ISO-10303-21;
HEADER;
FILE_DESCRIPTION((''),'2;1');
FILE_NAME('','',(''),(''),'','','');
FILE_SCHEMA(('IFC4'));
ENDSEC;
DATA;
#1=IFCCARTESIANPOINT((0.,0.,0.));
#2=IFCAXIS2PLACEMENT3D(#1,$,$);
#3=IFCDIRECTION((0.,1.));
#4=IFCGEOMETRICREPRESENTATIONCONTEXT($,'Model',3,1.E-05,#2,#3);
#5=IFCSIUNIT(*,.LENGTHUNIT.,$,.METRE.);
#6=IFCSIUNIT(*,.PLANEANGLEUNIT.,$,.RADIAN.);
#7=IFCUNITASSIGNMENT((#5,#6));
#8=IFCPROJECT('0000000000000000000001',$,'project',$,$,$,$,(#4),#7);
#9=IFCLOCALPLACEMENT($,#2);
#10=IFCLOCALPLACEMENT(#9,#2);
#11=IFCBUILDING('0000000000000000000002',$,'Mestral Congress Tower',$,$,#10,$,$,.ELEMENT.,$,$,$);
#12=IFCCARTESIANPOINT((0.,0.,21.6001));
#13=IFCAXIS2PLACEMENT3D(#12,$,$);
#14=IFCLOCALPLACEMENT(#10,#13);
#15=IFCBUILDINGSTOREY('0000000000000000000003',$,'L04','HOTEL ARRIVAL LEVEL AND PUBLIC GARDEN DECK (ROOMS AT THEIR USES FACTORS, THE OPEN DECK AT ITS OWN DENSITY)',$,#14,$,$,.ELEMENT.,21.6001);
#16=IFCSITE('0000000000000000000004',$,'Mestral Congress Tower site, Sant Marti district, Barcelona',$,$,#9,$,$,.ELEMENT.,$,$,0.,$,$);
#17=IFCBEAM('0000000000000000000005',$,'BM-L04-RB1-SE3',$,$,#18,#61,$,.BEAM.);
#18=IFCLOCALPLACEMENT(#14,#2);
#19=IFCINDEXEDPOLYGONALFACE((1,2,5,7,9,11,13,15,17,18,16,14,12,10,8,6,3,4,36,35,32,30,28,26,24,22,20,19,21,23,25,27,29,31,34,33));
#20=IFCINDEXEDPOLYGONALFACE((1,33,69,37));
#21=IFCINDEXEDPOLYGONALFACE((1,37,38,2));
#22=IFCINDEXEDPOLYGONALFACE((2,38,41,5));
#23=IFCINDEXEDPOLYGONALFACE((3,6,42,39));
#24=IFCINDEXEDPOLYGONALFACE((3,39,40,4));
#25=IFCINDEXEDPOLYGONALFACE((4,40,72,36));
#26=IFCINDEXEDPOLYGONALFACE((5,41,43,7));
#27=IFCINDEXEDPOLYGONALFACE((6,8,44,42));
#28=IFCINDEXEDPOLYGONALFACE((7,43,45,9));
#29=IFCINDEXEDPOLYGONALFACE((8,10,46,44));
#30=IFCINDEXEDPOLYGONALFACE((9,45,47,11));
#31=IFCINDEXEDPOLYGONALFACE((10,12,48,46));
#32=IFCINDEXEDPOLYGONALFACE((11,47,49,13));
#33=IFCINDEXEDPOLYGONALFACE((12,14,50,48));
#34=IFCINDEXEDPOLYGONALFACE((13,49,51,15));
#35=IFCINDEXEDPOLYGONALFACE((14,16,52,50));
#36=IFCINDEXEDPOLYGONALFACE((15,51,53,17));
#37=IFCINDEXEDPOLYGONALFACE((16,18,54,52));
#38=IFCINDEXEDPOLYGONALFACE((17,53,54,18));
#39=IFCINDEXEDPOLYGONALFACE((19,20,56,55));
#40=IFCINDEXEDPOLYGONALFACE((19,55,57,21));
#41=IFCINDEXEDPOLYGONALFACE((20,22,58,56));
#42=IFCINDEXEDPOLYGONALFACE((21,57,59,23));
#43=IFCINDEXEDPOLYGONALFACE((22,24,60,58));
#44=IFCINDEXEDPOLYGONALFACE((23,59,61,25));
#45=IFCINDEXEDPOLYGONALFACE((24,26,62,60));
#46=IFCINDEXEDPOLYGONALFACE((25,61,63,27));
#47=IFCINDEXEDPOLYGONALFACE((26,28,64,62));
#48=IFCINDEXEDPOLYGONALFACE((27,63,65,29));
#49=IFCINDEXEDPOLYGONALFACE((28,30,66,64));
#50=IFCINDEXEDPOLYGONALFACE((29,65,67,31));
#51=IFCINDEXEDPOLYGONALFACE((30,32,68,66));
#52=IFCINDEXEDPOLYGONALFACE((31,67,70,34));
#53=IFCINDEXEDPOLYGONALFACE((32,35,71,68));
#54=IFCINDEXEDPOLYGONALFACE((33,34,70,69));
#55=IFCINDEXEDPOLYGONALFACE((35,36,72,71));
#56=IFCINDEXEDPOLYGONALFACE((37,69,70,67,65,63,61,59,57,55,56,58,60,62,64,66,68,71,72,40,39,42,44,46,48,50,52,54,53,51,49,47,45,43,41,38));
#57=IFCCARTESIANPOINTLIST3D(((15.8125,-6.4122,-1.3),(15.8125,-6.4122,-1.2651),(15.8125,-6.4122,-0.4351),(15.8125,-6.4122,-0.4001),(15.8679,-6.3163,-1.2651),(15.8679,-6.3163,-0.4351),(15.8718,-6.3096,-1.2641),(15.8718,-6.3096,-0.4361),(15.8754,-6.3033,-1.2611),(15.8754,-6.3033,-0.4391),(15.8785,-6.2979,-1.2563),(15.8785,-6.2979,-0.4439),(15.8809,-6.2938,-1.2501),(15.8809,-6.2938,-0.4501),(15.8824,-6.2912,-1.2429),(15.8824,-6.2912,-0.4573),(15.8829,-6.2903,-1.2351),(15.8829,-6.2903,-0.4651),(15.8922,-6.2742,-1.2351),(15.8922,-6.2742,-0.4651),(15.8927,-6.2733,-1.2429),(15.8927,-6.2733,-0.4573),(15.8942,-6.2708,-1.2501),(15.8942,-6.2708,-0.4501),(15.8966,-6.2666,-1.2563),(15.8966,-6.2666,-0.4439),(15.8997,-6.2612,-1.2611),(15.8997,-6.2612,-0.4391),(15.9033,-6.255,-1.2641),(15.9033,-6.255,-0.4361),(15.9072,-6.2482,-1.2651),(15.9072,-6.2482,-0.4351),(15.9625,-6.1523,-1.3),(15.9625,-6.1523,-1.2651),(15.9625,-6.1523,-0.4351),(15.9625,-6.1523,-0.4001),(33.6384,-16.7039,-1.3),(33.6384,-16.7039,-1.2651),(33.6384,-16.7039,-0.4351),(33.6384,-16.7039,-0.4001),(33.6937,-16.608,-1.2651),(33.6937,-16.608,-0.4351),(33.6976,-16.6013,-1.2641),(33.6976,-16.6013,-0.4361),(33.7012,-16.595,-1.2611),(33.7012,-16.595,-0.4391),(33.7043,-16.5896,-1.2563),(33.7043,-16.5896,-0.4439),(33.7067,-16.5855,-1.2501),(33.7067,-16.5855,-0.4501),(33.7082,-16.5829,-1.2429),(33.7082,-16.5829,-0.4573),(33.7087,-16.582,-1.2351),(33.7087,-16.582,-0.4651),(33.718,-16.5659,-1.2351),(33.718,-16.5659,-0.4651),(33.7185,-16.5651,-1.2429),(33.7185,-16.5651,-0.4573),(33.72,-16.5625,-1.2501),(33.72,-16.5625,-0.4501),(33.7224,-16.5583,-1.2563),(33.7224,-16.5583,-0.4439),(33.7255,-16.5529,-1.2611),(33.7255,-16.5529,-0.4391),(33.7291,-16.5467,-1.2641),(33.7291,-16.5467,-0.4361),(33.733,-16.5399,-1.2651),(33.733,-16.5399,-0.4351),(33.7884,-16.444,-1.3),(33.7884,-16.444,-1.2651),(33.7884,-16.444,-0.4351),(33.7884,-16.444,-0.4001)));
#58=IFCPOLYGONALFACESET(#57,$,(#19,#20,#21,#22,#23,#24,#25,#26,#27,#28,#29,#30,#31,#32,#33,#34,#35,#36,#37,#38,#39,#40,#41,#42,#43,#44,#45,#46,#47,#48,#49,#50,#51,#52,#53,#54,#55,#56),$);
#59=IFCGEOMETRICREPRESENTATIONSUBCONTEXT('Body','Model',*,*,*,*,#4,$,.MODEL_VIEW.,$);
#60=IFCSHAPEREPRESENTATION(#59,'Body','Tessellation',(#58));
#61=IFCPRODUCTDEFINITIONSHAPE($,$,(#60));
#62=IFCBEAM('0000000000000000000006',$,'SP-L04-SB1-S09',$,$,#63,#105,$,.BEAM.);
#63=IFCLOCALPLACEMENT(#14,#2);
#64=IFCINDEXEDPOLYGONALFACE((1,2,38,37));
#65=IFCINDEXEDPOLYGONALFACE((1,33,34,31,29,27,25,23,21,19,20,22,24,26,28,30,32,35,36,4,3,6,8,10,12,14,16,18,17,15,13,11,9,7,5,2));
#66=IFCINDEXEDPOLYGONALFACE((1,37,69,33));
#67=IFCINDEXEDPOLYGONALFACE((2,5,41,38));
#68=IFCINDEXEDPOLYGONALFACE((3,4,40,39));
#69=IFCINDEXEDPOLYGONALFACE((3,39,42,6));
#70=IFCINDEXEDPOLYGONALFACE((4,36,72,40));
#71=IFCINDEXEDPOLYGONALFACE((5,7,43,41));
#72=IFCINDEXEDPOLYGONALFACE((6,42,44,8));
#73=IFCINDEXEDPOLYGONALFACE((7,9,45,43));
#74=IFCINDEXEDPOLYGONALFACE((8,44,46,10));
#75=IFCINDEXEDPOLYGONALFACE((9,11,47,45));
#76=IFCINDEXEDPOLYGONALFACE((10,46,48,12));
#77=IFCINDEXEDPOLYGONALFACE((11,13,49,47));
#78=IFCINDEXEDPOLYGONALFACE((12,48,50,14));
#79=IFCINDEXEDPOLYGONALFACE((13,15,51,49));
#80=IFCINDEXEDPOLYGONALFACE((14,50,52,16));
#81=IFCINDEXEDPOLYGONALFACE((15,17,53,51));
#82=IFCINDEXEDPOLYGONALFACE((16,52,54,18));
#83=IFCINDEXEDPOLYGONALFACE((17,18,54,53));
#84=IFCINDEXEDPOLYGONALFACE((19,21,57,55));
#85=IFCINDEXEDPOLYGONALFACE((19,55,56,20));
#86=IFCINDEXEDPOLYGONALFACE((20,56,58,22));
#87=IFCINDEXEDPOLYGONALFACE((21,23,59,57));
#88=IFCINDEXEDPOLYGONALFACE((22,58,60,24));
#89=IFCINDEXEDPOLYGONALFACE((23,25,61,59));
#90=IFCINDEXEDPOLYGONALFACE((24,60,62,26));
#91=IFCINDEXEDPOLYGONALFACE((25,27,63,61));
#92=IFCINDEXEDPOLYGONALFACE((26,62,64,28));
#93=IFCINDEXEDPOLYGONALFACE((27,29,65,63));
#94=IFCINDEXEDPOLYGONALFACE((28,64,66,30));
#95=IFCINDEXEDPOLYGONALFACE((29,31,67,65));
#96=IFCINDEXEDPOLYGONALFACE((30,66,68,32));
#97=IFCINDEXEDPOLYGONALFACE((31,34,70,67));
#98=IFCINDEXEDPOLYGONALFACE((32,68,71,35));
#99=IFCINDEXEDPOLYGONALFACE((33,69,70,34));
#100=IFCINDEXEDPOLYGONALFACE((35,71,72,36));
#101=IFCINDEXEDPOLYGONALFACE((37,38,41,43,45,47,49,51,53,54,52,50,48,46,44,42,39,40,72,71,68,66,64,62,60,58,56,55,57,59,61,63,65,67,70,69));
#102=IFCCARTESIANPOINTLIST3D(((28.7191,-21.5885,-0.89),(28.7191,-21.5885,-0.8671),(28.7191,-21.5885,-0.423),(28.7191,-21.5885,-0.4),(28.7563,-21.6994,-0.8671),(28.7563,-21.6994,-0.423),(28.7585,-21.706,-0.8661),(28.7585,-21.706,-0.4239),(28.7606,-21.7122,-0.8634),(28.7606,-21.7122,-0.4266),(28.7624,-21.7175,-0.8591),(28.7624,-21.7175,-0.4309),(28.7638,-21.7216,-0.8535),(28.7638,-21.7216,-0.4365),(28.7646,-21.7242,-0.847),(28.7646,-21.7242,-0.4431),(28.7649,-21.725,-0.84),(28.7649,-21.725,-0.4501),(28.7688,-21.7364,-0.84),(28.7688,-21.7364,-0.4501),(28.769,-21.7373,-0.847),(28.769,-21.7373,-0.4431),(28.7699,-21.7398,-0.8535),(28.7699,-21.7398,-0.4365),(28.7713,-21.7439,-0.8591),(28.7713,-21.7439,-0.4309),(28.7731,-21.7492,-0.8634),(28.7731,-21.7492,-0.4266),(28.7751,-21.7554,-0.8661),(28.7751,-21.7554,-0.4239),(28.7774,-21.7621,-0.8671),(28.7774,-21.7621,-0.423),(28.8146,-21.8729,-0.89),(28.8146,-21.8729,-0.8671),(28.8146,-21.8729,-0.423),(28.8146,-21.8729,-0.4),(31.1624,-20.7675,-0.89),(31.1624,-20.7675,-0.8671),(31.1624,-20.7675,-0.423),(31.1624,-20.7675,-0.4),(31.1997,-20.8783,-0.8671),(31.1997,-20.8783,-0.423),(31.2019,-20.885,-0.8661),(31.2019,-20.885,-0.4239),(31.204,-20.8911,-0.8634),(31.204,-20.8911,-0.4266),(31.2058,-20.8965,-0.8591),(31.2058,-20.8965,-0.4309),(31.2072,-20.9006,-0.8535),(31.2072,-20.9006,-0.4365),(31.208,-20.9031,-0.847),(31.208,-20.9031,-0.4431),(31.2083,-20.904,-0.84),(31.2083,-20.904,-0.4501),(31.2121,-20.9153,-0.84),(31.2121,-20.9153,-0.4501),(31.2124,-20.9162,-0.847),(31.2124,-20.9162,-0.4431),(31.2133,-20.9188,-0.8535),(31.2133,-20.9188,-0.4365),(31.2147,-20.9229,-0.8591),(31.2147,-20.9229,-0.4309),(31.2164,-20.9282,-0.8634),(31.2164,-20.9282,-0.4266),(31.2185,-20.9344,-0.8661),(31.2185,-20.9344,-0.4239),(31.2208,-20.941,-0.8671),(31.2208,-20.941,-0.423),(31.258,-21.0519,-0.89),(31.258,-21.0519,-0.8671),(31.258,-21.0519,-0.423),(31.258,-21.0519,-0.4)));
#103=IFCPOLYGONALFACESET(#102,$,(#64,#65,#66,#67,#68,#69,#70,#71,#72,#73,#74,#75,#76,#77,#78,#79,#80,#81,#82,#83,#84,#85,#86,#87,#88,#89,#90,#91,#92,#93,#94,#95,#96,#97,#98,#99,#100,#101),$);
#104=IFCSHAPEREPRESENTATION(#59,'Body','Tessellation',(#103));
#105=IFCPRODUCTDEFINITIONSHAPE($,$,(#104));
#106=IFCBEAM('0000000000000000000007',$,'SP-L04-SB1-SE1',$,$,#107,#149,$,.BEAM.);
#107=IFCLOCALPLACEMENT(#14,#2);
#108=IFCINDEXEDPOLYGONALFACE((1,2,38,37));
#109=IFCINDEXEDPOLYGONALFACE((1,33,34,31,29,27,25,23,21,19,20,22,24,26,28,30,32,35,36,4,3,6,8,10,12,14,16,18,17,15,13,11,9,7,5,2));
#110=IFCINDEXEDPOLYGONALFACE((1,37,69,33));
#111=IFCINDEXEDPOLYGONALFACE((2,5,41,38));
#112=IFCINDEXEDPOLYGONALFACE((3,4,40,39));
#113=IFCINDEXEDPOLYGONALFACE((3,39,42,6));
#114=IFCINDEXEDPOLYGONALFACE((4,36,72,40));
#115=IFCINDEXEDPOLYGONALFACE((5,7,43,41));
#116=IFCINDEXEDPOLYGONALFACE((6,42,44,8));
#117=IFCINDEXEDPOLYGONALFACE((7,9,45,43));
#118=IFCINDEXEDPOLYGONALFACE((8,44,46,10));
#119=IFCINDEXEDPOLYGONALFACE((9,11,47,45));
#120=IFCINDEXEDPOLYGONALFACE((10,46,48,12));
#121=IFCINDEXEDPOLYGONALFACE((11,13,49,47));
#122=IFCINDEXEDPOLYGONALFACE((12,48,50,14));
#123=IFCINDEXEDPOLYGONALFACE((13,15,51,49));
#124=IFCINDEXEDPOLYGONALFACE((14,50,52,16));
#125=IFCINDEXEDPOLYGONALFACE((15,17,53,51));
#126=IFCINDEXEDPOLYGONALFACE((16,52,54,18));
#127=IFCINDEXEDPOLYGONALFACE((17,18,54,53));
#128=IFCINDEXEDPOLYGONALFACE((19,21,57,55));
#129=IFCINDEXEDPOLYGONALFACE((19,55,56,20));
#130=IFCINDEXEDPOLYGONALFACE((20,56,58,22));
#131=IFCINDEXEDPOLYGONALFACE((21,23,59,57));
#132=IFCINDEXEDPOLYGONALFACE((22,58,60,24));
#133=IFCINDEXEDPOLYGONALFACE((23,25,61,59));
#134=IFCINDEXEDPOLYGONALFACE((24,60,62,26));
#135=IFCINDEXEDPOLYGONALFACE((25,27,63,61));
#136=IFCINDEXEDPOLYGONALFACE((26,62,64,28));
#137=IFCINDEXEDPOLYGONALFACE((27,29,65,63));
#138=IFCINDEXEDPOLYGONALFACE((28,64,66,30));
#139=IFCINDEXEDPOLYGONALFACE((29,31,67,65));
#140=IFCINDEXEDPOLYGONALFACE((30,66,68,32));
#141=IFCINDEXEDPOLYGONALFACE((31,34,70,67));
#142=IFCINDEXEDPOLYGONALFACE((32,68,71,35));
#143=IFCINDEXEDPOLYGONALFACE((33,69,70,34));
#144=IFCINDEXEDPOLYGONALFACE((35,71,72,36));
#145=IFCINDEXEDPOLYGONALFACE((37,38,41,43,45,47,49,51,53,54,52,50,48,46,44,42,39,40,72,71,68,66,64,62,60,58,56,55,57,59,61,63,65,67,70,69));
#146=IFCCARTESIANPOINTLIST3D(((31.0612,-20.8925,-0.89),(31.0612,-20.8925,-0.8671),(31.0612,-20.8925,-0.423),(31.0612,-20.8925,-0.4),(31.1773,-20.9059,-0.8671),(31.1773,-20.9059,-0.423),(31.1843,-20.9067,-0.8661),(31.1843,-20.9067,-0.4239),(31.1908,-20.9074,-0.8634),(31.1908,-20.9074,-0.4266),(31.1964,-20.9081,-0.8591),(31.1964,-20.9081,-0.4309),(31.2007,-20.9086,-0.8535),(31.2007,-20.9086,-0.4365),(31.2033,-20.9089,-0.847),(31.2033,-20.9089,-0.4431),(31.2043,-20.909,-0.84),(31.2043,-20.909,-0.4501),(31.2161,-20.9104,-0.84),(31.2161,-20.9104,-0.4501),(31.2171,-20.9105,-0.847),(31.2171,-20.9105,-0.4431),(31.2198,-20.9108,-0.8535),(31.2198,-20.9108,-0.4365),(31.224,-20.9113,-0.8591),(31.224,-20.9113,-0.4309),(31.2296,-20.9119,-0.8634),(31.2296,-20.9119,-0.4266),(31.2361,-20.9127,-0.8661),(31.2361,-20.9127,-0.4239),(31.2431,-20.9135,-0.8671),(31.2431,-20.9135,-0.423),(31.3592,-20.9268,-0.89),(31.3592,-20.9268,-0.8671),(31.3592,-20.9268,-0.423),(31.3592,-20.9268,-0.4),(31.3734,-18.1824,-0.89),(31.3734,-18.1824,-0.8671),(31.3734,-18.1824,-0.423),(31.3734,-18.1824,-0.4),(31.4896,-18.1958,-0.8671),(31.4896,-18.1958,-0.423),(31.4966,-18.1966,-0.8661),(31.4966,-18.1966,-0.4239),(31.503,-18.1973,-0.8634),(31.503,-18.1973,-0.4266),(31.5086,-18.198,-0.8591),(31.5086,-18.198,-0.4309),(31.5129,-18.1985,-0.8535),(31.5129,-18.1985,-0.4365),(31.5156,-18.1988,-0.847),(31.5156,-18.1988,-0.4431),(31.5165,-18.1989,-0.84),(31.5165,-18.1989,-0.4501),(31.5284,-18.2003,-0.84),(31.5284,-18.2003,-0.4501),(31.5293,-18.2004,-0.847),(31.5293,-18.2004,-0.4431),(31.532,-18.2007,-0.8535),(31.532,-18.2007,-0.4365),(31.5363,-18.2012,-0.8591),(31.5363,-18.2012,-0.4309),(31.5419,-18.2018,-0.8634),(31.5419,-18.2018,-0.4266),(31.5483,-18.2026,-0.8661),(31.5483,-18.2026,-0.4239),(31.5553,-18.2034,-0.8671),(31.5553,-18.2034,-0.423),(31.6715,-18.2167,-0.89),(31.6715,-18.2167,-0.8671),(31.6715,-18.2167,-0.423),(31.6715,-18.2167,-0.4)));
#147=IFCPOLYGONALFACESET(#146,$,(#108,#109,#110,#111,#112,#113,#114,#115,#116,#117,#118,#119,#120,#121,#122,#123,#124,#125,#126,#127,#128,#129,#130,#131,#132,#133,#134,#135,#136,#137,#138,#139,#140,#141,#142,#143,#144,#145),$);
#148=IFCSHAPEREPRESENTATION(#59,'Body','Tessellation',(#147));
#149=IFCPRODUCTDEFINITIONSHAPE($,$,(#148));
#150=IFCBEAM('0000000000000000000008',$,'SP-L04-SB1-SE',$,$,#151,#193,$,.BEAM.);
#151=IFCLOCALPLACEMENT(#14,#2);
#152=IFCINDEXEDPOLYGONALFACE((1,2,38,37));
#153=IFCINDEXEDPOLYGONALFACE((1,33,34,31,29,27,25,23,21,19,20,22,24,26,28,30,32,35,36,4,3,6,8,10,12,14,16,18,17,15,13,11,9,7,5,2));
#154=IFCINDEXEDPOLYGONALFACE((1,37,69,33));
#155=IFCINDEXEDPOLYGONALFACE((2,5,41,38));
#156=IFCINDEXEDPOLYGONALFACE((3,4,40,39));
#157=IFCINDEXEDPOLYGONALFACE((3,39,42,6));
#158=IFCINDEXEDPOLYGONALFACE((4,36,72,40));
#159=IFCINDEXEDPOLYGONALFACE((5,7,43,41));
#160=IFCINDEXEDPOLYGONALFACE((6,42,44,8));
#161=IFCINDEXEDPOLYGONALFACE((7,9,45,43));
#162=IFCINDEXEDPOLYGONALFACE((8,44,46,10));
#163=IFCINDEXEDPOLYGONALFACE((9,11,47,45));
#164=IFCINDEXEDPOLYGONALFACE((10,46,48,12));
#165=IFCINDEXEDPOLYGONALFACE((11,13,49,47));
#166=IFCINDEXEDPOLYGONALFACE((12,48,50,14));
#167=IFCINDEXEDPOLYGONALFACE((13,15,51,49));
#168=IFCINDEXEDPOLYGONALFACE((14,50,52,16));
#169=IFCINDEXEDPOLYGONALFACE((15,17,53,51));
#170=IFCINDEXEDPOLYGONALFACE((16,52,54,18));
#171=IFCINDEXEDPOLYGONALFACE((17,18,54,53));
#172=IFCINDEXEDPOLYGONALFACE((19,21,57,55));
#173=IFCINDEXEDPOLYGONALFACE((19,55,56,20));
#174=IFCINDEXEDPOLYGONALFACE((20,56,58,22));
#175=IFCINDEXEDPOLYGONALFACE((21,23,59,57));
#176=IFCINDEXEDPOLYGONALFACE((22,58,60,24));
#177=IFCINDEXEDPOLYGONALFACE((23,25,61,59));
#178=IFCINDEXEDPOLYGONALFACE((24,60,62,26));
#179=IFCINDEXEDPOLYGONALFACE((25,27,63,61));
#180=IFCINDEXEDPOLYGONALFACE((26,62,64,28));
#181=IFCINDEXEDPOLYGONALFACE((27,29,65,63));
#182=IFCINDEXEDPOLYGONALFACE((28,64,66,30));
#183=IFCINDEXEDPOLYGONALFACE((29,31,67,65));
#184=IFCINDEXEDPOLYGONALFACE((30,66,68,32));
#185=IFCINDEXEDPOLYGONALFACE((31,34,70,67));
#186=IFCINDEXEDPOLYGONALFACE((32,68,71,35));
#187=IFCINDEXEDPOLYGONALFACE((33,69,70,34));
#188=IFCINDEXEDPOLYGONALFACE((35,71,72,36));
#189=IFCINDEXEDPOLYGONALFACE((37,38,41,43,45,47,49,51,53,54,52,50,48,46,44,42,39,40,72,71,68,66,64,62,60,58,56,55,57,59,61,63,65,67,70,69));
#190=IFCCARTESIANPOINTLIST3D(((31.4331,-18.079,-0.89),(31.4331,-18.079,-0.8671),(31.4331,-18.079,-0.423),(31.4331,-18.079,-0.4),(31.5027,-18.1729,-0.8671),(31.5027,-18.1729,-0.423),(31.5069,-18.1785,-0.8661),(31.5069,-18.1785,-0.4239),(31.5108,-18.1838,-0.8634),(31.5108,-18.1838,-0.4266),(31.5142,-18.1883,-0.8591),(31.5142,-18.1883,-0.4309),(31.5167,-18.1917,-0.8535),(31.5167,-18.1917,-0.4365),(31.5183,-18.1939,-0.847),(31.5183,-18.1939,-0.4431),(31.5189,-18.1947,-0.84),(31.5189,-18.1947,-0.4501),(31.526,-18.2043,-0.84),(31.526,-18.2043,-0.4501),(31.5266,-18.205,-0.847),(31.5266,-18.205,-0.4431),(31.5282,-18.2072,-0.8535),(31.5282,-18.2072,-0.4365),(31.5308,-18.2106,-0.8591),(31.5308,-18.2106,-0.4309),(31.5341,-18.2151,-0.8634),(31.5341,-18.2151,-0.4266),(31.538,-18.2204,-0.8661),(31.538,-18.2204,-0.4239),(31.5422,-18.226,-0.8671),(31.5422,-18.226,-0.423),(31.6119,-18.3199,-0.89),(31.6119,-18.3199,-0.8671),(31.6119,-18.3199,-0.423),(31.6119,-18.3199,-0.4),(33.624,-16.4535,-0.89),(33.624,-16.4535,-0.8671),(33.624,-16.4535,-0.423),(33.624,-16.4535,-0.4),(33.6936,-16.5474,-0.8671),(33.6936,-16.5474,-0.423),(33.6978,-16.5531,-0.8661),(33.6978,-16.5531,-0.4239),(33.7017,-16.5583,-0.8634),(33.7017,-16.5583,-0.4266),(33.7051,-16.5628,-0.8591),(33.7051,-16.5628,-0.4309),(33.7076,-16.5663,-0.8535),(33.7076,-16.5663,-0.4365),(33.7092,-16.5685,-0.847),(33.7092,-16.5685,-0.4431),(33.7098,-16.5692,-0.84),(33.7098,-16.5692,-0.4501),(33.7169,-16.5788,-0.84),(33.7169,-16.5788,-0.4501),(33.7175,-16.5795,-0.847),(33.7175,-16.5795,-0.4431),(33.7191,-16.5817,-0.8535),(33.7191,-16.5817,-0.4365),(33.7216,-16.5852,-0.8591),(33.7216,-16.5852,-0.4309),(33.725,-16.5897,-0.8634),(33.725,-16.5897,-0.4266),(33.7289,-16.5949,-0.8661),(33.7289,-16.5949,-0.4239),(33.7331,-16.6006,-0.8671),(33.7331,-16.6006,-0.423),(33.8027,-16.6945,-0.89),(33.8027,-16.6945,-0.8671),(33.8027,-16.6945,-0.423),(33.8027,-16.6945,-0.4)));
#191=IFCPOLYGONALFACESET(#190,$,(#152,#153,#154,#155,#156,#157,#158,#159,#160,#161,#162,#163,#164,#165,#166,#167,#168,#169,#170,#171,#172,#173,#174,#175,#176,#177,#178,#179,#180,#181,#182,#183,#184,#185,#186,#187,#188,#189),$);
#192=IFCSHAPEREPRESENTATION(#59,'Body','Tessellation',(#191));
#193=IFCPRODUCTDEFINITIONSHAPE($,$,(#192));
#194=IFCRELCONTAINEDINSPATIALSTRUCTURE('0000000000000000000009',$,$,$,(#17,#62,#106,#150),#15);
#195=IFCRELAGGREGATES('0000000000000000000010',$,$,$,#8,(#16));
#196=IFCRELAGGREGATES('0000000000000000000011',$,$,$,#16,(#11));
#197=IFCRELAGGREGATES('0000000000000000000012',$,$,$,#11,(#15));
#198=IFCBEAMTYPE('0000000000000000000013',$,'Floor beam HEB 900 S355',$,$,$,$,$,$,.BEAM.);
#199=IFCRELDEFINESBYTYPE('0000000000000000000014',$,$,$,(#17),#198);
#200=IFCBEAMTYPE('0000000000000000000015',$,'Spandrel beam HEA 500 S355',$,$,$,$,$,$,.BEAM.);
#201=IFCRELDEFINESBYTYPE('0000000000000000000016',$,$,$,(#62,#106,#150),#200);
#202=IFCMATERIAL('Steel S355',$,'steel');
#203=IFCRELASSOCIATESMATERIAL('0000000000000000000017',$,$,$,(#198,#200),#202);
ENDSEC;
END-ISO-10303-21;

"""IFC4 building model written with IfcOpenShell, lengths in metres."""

from ifc_helpers import new_model, si_unit, direction, frame, origin, origin_2d, place, context, subcontext, project, spatial, i_section, extrude, material, material_profile, profile_set, type_object, element, save


model = new_model("IFC4")

# Units and contexts
model_context = context("Model", 3, precision=1e-05, world=origin(), true_north=direction((0.0, 1.0)))
body_context = subcontext(model_context, "Body", "Model", "MODEL_VIEW")
ifc_project = project(units=[si_unit("LENGTHUNIT", "METRE"), si_unit("PLANEANGLEUNIT", "RADIAN")], contexts=[model_context])

# Site, building, storey
site_placement = place(None, origin())
site = spatial("IfcSite", under=ifc_project, at=site_placement, Name="Mestral Congress Tower site, Sant Marti district, Barcelona", CompositionType="ELEMENT", RefElevation=0.0)
building_placement = place(site_placement, origin())
building = spatial("IfcBuilding", under=site, at=building_placement, Name="Mestral Congress Tower", CompositionType="ELEMENT")
storey_placement = place(building_placement, frame((0.0, 0.0, 21.6001)))
storey = spatial("IfcBuildingStorey", under=building, at=storey_placement, Name="L04", Description="HOTEL ARRIVAL LEVEL AND PUBLIC GARDEN DECK (ROOMS AT THEIR USES FACTORS, THE OPEN DECK AT ITS OWN DENSITY)", CompositionType="ELEMENT", Elevation=21.6001)

# Beams
ifc_material_1 = material(Name="Steel S355", Category="steel")
ifc_material_profile_1 = material_profile(ifc_material_1, i_section(OverallWidth=0.3, OverallDepth=0.8999, WebThickness=0.0186, FlangeThickness=0.0349, FilletRadius=0.03, at=origin_2d()), Name="HEB 900")
ifc_profile_set_1 = profile_set([ifc_material_profile_1], Name="Steel S355")
beam_type_1 = type_object("IfcBeamType", Name="Floor beam HEB 900 S355", PredefinedType="BEAM", material=ifc_profile_set_1)
beam_1_placement = place(storey_placement, frame((33.7134, -16.574, -0.8501), z_axis=(-0.866027, 0.499998, 0.0), x_axis=(-0.499998, -0.866027, 0.0)))
element("IfcBeam", 1, at=beam_1_placement, inside=storey, type_object=beam_type_1, Name="BM-L04-RB1-SE3", PredefinedType="BEAM", context=body_context, shape_type="SweptSolid", body=[
    extrude(i_section(OverallWidth=0.3, OverallDepth=0.8999, WebThickness=0.0186, FlangeThickness=0.0349, FilletRadius=0.03, at=origin_2d()), origin(), (0.0, 0.0, 1.0), 20.5835),
])
ifc_material_profile_2 = material_profile(ifc_material_1, i_section(OverallWidth=0.3, OverallDepth=0.49, WebThickness=0.012, FlangeThickness=0.0229, FilletRadius=0.0271, at=origin_2d()), Name="HEA 500")
ifc_profile_set_2 = profile_set([ifc_material_profile_2], Name="Steel S355")
beam_type_2 = type_object("IfcBeamType", Name="Spandrel beam HEA 500 S355", PredefinedType="BEAM", material=ifc_profile_set_2)
beam_2_placement = place(storey_placement, frame((28.7668, -21.7307, -0.645), z_axis=(0.947913, 0.318528, 0.0), x_axis=(-0.318528, 0.947913, 0.0)))
element("IfcBeam", 2, at=beam_2_placement, inside=storey, type_object=beam_type_2, Name="SP-L04-SB1-S09", PredefinedType="BEAM", context=body_context, shape_type="SweptSolid", body=[
    extrude(i_section(OverallWidth=0.3, OverallDepth=0.49, WebThickness=0.012, FlangeThickness=0.0229, FilletRadius=0.0271, at=origin_2d()), origin(), (0.0, 0.0, 1.0), 2.5776),
])
for number, where, z_axis, x_axis, name in (
    (3, (31.2102, -20.9097, -0.645), (0.114458, 0.993428, 0.0), (-0.993428, 0.114458, 0.0), "SP-L04-SB1-SE1"),
    (4, (31.5225, -18.1995, -0.645), (0.803104, 0.595839, 0.0), (-0.595839, 0.803104, 0.0), "SP-L04-SB1-SE"),
):
    element("IfcBeam", number, at=place(storey_placement, frame(where, z_axis=z_axis, x_axis=x_axis)), inside=storey, type_object=beam_type_2, Name=name, PredefinedType="BEAM", context=body_context, shape_type="SweptSolid", body=[
        extrude(i_section(OverallWidth=0.3, OverallDepth=0.49, WebThickness=0.012, FlangeThickness=0.0229, FilletRadius=0.0271, at=origin_2d()), origin(), (0.0, 0.0, 1.0), 2.728),
    ])

save(model, "model.ifc")
